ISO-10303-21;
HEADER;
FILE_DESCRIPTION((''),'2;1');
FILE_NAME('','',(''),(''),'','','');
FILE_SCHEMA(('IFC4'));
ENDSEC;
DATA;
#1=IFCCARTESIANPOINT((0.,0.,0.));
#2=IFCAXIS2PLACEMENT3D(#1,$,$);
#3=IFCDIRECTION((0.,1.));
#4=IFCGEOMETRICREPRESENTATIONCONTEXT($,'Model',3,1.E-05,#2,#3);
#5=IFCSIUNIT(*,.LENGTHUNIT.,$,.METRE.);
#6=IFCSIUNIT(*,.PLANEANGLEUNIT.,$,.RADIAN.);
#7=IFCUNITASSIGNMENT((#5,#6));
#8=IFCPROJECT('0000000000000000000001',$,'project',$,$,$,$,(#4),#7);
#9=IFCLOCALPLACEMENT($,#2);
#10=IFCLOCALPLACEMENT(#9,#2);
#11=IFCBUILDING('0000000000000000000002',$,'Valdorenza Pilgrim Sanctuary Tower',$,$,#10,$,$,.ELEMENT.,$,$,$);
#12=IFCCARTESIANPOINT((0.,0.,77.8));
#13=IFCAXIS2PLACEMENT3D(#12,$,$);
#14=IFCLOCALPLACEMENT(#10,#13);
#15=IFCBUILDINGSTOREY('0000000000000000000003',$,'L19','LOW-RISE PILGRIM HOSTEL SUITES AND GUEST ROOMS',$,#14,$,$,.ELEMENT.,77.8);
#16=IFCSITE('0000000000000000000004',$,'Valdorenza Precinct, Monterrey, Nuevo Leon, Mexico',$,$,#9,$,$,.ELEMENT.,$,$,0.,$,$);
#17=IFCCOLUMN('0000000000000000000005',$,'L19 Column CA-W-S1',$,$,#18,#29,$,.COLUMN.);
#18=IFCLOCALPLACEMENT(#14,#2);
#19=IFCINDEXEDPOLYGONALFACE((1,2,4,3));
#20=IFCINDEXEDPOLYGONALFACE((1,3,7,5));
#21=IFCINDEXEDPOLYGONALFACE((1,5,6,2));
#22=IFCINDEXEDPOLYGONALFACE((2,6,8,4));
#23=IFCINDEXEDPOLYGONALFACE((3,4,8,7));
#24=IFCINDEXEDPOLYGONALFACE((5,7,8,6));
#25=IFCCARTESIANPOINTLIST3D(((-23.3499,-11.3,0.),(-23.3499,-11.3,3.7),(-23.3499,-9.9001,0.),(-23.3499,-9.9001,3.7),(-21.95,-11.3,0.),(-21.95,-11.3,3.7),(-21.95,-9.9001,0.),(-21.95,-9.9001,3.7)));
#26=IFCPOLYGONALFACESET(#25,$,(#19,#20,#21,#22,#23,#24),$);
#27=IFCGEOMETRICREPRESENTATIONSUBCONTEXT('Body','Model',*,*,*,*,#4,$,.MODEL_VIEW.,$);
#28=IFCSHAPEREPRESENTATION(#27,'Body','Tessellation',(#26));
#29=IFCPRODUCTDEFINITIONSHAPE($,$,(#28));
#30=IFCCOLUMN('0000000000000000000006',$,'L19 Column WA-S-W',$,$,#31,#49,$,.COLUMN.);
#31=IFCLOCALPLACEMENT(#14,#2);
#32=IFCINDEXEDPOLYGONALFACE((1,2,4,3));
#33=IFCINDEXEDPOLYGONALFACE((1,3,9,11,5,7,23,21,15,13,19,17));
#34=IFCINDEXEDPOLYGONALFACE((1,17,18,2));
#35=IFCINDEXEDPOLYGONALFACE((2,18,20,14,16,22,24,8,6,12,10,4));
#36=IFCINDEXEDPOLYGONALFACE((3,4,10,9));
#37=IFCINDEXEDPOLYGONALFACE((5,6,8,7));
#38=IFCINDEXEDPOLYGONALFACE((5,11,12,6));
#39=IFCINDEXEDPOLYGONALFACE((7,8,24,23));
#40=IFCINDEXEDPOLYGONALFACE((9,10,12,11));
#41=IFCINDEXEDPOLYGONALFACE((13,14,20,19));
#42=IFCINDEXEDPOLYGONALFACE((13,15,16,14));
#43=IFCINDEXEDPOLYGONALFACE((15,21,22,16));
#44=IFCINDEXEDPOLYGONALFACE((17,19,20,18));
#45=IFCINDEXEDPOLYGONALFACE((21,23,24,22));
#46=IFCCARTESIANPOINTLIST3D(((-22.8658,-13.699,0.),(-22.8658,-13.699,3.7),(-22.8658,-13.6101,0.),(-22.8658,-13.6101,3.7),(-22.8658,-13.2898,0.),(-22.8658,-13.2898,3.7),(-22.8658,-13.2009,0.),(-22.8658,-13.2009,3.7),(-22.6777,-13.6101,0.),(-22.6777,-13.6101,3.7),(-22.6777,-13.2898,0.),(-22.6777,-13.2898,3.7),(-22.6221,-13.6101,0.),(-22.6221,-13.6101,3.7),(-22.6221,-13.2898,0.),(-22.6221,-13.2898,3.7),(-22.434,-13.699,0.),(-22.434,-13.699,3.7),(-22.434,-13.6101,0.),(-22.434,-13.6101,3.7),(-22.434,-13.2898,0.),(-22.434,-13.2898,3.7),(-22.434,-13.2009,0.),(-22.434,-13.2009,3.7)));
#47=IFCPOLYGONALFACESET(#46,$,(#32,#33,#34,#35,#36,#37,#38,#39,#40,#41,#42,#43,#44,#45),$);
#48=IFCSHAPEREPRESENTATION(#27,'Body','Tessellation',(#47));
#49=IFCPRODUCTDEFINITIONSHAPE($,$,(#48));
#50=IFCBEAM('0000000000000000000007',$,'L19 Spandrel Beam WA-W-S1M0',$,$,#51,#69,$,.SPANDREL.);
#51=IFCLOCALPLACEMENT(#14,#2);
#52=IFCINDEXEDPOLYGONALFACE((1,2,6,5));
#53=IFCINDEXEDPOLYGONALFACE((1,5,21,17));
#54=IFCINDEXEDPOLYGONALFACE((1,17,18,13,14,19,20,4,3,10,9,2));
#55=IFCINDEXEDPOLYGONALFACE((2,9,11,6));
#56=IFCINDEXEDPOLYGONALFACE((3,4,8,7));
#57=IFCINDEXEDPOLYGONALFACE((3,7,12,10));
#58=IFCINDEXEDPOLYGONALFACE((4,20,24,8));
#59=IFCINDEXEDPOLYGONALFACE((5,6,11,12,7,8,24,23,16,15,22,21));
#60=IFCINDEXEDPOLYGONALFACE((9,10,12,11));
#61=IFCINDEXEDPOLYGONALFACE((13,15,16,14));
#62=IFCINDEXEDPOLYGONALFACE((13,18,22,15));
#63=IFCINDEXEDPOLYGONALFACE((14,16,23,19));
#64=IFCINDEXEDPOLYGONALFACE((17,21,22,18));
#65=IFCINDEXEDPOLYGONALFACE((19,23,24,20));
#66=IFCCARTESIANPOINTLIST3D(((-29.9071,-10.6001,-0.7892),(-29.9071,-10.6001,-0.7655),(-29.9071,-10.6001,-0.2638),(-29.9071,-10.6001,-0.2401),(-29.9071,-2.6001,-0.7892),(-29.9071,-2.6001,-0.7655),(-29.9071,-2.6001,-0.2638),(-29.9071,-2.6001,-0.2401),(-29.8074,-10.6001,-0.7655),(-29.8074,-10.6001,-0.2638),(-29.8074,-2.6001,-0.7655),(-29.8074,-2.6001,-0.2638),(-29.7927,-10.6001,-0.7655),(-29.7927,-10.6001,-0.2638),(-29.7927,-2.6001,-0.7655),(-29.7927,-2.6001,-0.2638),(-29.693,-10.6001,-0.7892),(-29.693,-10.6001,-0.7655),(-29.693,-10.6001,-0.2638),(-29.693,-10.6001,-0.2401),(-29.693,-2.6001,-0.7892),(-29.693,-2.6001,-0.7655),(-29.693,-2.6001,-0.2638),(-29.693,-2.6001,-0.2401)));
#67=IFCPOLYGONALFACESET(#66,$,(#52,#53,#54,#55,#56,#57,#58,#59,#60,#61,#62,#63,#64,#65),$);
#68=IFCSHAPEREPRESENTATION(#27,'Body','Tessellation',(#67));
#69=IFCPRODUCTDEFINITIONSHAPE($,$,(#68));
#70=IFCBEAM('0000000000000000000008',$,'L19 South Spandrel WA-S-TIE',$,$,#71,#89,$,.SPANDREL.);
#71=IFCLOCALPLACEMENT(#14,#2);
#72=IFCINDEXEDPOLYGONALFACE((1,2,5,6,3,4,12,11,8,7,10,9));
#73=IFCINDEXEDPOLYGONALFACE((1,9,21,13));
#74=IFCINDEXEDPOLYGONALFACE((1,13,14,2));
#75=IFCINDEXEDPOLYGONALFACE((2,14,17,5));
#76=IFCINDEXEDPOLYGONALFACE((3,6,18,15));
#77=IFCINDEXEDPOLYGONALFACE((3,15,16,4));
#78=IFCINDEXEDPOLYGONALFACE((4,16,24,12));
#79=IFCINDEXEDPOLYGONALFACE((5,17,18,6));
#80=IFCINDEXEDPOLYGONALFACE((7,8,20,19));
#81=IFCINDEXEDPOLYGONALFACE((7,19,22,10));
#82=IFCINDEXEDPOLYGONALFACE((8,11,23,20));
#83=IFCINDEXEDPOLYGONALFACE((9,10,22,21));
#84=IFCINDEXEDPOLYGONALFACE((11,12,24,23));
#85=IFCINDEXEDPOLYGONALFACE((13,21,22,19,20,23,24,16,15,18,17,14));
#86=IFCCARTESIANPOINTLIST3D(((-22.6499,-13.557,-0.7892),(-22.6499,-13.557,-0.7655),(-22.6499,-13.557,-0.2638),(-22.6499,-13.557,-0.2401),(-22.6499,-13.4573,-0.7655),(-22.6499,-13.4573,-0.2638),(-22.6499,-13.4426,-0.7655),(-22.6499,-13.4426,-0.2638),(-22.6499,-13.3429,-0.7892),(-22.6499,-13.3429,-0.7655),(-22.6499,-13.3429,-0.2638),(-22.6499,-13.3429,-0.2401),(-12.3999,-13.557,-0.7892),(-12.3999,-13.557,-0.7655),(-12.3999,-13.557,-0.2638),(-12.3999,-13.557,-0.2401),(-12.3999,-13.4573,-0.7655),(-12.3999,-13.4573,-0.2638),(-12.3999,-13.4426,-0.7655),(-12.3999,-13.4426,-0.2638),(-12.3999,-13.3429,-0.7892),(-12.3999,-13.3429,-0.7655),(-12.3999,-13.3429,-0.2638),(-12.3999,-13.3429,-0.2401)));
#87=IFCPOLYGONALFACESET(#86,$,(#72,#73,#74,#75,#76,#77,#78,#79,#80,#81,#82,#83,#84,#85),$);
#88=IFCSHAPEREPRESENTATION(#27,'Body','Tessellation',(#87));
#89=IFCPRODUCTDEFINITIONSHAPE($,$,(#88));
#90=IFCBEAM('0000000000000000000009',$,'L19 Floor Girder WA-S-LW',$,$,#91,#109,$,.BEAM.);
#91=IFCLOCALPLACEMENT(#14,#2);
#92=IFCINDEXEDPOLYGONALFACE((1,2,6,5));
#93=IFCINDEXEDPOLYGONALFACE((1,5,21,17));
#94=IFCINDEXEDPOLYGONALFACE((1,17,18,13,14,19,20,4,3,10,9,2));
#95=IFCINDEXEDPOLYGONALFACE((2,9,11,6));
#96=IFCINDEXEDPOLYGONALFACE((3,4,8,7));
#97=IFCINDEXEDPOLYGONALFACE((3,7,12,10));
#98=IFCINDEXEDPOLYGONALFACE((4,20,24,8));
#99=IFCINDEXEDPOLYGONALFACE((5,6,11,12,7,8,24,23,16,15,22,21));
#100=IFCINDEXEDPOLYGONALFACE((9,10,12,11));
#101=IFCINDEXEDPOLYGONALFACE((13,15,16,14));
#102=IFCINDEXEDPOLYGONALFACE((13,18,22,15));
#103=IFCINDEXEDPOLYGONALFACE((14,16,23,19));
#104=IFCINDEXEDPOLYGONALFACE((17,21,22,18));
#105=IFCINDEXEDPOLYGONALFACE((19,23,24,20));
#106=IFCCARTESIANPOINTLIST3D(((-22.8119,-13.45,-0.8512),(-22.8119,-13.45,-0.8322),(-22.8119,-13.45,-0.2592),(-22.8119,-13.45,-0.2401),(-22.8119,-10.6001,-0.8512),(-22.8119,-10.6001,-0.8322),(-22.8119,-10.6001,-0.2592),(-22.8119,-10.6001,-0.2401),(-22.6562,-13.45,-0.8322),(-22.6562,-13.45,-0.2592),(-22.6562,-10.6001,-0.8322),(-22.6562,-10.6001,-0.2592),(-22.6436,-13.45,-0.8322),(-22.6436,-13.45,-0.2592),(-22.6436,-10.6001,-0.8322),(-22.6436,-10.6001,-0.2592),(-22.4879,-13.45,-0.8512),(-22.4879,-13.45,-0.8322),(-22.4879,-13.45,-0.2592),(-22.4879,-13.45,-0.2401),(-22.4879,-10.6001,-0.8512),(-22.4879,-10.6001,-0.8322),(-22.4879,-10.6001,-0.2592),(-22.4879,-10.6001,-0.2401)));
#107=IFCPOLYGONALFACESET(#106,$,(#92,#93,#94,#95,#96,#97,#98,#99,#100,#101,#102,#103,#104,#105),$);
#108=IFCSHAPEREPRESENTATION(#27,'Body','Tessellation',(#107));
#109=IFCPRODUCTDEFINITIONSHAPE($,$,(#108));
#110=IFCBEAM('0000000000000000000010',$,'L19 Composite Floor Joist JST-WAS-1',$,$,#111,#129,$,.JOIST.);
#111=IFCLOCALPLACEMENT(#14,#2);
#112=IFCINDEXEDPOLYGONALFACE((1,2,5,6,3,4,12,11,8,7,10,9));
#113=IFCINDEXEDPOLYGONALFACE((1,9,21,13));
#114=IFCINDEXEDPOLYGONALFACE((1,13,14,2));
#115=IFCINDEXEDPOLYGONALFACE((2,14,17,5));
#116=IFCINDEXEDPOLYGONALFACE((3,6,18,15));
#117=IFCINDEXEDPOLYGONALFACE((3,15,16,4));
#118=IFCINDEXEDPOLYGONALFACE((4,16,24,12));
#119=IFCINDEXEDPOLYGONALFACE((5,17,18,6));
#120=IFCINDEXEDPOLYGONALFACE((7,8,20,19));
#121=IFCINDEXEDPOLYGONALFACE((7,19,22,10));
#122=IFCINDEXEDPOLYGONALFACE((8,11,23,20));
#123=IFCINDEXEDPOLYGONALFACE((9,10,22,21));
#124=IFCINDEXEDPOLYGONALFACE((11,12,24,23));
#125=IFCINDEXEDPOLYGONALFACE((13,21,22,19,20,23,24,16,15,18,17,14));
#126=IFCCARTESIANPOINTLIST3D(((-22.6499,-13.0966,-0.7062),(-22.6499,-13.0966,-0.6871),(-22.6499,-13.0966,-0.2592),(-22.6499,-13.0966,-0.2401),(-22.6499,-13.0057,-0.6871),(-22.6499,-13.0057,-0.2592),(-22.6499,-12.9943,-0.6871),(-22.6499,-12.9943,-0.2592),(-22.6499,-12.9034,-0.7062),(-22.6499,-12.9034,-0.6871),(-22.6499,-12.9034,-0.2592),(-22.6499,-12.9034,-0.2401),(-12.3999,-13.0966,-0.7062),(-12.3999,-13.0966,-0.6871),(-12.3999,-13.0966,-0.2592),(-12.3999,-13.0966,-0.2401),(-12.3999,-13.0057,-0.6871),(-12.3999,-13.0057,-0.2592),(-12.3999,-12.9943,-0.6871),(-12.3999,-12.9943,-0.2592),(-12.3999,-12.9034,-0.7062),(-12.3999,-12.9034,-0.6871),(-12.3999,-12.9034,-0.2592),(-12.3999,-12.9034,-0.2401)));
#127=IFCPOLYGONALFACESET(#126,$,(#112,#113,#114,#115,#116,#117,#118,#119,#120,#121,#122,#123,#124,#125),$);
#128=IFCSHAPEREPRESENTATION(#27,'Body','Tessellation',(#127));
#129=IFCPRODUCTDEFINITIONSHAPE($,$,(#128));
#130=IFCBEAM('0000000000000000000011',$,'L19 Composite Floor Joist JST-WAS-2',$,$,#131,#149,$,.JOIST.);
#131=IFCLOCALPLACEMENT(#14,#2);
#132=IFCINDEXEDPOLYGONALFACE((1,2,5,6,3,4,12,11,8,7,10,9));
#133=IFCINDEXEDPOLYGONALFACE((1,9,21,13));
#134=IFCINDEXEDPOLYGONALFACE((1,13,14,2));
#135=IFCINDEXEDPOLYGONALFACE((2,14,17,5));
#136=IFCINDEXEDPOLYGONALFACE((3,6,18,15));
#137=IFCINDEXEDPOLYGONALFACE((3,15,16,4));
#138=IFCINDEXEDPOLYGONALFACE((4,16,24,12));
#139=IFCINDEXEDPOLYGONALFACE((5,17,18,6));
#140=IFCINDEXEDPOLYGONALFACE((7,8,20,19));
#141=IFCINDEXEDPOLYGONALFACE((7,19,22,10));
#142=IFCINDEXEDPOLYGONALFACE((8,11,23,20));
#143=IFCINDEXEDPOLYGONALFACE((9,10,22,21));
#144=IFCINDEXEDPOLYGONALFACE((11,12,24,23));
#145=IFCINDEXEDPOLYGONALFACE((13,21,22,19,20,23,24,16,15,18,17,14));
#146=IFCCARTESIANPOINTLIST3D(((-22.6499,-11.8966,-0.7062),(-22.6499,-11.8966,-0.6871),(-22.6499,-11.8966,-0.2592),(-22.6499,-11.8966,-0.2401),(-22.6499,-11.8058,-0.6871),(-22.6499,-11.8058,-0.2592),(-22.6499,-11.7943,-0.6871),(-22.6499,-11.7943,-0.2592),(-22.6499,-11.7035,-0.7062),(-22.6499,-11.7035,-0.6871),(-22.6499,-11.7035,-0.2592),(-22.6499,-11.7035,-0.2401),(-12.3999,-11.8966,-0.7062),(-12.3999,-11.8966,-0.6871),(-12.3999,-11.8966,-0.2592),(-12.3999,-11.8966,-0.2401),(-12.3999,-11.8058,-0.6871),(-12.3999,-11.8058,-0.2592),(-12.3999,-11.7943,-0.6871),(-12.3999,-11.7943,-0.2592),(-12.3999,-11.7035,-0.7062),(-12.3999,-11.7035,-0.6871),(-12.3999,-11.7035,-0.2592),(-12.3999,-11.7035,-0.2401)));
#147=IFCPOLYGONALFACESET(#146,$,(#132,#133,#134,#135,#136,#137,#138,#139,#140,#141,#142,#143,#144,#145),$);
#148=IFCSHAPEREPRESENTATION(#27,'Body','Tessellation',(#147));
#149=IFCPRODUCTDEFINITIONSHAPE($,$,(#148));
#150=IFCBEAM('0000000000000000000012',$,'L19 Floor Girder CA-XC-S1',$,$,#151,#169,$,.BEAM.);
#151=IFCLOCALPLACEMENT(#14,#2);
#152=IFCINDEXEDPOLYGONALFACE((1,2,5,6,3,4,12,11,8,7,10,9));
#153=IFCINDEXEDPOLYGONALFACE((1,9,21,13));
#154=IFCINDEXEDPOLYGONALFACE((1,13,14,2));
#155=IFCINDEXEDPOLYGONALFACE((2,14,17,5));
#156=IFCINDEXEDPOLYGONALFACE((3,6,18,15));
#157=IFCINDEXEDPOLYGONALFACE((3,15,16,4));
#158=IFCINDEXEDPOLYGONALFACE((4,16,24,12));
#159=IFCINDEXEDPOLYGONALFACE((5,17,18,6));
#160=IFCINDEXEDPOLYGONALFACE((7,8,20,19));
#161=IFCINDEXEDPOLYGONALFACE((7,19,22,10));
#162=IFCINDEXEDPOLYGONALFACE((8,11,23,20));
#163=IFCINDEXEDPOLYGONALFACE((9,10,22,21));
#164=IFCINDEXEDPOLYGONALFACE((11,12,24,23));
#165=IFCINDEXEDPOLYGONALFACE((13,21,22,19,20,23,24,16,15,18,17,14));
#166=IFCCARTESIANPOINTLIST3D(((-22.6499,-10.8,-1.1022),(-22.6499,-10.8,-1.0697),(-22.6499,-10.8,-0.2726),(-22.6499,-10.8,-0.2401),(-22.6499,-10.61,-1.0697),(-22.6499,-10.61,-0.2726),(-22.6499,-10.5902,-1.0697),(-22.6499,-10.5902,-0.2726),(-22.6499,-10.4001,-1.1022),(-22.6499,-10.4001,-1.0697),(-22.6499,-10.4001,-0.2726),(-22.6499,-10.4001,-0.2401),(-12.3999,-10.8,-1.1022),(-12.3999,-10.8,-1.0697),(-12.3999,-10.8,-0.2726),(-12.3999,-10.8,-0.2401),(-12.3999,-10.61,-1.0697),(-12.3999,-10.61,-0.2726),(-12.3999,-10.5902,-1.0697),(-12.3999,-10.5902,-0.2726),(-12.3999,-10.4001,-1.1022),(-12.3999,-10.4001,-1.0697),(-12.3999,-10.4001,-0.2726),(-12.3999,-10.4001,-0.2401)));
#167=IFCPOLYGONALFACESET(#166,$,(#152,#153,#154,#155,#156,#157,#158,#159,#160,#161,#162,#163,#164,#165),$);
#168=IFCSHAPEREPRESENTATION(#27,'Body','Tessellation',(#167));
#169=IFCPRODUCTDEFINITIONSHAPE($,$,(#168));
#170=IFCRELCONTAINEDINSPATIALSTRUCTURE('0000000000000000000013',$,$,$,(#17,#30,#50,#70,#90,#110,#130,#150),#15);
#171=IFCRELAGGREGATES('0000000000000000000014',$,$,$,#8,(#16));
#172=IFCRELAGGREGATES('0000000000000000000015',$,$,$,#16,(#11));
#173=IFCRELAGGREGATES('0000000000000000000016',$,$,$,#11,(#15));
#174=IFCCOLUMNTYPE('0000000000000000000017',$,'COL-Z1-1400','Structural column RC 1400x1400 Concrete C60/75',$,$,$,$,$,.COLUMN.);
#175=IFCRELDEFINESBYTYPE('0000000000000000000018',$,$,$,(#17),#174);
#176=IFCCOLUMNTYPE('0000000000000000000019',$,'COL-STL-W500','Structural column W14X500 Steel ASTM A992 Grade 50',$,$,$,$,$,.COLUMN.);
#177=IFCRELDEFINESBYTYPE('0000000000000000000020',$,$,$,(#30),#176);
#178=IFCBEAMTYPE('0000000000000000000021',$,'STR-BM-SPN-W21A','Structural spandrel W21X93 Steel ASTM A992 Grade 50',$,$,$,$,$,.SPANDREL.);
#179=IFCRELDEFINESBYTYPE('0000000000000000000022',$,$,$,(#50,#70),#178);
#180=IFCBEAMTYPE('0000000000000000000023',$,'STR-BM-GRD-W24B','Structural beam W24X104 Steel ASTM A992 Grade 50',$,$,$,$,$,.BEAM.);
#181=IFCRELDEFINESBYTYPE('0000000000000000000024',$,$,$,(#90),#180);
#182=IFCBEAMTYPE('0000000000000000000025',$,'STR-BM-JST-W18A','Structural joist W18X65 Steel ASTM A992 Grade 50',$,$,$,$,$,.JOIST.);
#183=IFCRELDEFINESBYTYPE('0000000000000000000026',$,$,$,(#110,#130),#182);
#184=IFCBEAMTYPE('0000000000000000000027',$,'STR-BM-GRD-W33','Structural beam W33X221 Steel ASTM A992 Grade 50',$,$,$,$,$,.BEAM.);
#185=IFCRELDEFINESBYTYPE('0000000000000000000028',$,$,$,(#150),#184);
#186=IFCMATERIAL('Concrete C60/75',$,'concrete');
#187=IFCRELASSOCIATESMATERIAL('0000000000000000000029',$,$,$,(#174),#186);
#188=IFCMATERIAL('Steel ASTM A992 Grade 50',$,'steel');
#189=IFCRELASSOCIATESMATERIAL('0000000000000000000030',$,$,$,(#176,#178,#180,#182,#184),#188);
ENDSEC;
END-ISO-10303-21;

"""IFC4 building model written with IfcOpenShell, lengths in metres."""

from ifc_helpers import new_model, si_unit, direction, frame, origin, origin_2d, place, context, subcontext, project, spatial, rectangle, i_section, extrude, source, transform, mapped, material, material_profile, profile_set, type_object, element, save


model = new_model("IFC4")

# Units and contexts
model_context = context("Model", 3, precision=1e-05, world=origin(), true_north=direction((0.0, 1.0)))
body_context = subcontext(model_context, "Body", "Model", "MODEL_VIEW")
ifc_project = project(units=[si_unit("LENGTHUNIT", "METRE"), si_unit("PLANEANGLEUNIT", "RADIAN")], contexts=[model_context])

# Site, building, storey
site_placement = place(None, origin())
site = spatial("IfcSite", under=ifc_project, at=site_placement, Name="Valdorenza Precinct, Monterrey, Nuevo Leon, Mexico", CompositionType="ELEMENT", RefElevation=0.0)
building_placement = place(site_placement, origin())
building = spatial("IfcBuilding", under=site, at=building_placement, Name="Valdorenza Pilgrim Sanctuary Tower", CompositionType="ELEMENT")
storey_placement = place(building_placement, frame((0.0, 0.0, 77.8)))
storey = spatial("IfcBuildingStorey", under=building, at=storey_placement, Name="L19", Description="LOW-RISE PILGRIM HOSTEL SUITES AND GUEST ROOMS", CompositionType="ELEMENT", Elevation=77.8)

# Columns
ifc_material_1 = material(Name="Concrete C60/75", Category="concrete")
ifc_material_profile_1 = material_profile(ifc_material_1, rectangle(XDim=1.3999, YDim=1.3999, at=origin_2d()), Name="RC 1400x1400")
ifc_profile_set_1 = profile_set([ifc_material_profile_1], Name="Concrete C60/75")
column_type_1 = type_object("IfcColumnType", Name="COL-Z1-1400", Description="Structural column RC 1400x1400 Concrete C60/75", PredefinedType="COLUMN", material=ifc_profile_set_1)
shared_shape_1 = source(origin(), body_context, "Body", "SweptSolid", [
    extrude(rectangle(XDim=1.3999, YDim=1.3999, at=origin_2d()), origin(), (0.0, 0.0, 1.0), 3.7),
])
column_1_placement = place(storey_placement, frame((-22.6499, -10.6001, 0.0), z_axis=(0.0, 0.0, 1.0), x_axis=(1.0, 0.0, 0.0)))
element("IfcColumn", 1, at=column_1_placement, inside=storey, type_object=column_type_1, Name="L19 Column CA-W-S1", PredefinedType="COLUMN", context=body_context, shape_type="MappedRepresentation", body=[
    mapped(shared_shape_1, transform((0.0, 0.0, 0.0), x_axis=(1.0, 0.0, 0.0), y_axis=(0.0, 1.0, 0.0), z_axis=(0.0, 0.0, 1.0), scale=1.0)),
])
ifc_material_2 = material(Name="Steel ASTM A992 Grade 50", Category="steel")
ifc_material_profile_2 = material_profile(ifc_material_2, i_section(OverallWidth=0.4319, OverallDepth=0.498, WebThickness=0.0557, FlangeThickness=0.0889, at=origin_2d()), Name="W14X500")
ifc_profile_set_2 = profile_set([ifc_material_profile_2], Name="Steel ASTM A992 Grade 50")
column_type_2 = type_object("IfcColumnType", Name="COL-STL-W500", Description="Structural column W14X500 Steel ASTM A992 Grade 50", PredefinedType="COLUMN", material=ifc_profile_set_2)
shared_shape_2 = source(origin(), body_context, "Body", "SweptSolid", [
    extrude(i_section(OverallWidth=0.4319, OverallDepth=0.498, WebThickness=0.0557, FlangeThickness=0.0889, at=origin_2d()), origin(), (0.0, 0.0, 1.0), 3.7),
])
column_2_placement = place(storey_placement, frame((-22.6499, -13.45, 0.0), z_axis=(0.0, 0.0, 1.0), x_axis=(1.0, 0.0, 0.0)))
element("IfcColumn", 2, at=column_2_placement, inside=storey, type_object=column_type_2, Name="L19 Column WA-S-W", PredefinedType="COLUMN", context=body_context, shape_type="MappedRepresentation", body=[
    mapped(shared_shape_2, transform((0.0, 0.0, 0.0), x_axis=(1.0, 0.0, 0.0), y_axis=(0.0, 1.0, 0.0), z_axis=(0.0, 0.0, 1.0), scale=1.0)),
])

# Beams
ifc_material_profile_3 = material_profile(ifc_material_2, i_section(OverallWidth=0.2141, OverallDepth=0.5491, WebThickness=0.0146, FlangeThickness=0.0237, at=origin_2d()), Name="W21X93")
ifc_profile_set_3 = profile_set([ifc_material_profile_3], Name="Steel ASTM A992 Grade 50")
beam_type_1 = type_object("IfcBeamType", Name="STR-BM-SPN-W21A", Description="Structural spandrel W21X93 Steel ASTM A992 Grade 50", PredefinedType="SPANDREL", material=ifc_profile_set_3)
shared_shape_3 = source(origin(), body_context, "Body", "SweptSolid", [
    extrude(i_section(OverallWidth=0.2141, OverallDepth=0.5491, WebThickness=0.0146, FlangeThickness=0.0237, at=origin_2d()), origin(), (0.0, 0.0, 1.0), 8.0),
])
beam_1_placement = place(storey_placement, frame((-29.8, -10.6001, -0.5146), z_axis=(0.0, 1.0, 0.0), x_axis=(-1.0, 0.0, 0.0)))
element("IfcBeam", 3, at=beam_1_placement, inside=storey, type_object=beam_type_1, Name="L19 Spandrel Beam WA-W-S1M0", PredefinedType="SPANDREL", context=body_context, shape_type="MappedRepresentation", body=[
    mapped(shared_shape_3, transform((0.0, 0.0, 0.0), x_axis=(1.0, 0.0, 0.0), y_axis=(0.0, 1.0, 0.0), z_axis=(0.0, 0.0, 1.0), scale=1.0)),
])
shared_shape_4 = source(origin(), body_context, "Body", "SweptSolid", [
    extrude(i_section(OverallWidth=0.2141, OverallDepth=0.5491, WebThickness=0.0146, FlangeThickness=0.0237, at=origin_2d()), origin(), (0.0, 0.0, 1.0), 10.25),
])
beam_2_placement = place(storey_placement, frame((-22.6499, -13.45, -0.5146), z_axis=(1.0, 0.0, 0.0), x_axis=(0.0, 1.0, 0.0)))
element("IfcBeam", 4, at=beam_2_placement, inside=storey, type_object=beam_type_1, Name="L19 South Spandrel WA-S-TIE", PredefinedType="SPANDREL", context=body_context, shape_type="MappedRepresentation", body=[
    mapped(shared_shape_4, transform((0.0, 0.0, 0.0), x_axis=(1.0, 0.0, 0.0), y_axis=(0.0, 1.0, 0.0), z_axis=(0.0, 0.0, 1.0), scale=1.0)),
])
ifc_material_profile_4 = material_profile(ifc_material_2, i_section(OverallWidth=0.324, OverallDepth=0.6111, WebThickness=0.0127, FlangeThickness=0.019, at=origin_2d()), Name="W24X104")
ifc_profile_set_4 = profile_set([ifc_material_profile_4], Name="Steel ASTM A992 Grade 50")
beam_type_2 = type_object("IfcBeamType", Name="STR-BM-GRD-W24B", Description="Structural beam W24X104 Steel ASTM A992 Grade 50", PredefinedType="BEAM", material=ifc_profile_set_4)
shared_shape_5 = source(origin(), body_context, "Body", "SweptSolid", [
    extrude(i_section(OverallWidth=0.324, OverallDepth=0.6111, WebThickness=0.0127, FlangeThickness=0.019, at=origin_2d()), origin(), (0.0, 0.0, 1.0), 2.8499),
])
beam_3_placement = place(storey_placement, frame((-22.6499, -13.45, -0.5457), z_axis=(0.0, 1.0, 0.0), x_axis=(-1.0, 0.0, 0.0)))
element("IfcBeam", 5, at=beam_3_placement, inside=storey, type_object=beam_type_2, Name="L19 Floor Girder WA-S-LW", PredefinedType="BEAM", context=body_context, shape_type="MappedRepresentation", body=[
    mapped(shared_shape_5, transform((0.0, 0.0, 0.0), x_axis=(1.0, 0.0, 0.0), y_axis=(0.0, 1.0, 0.0), z_axis=(0.0, 0.0, 1.0), scale=1.0)),
])
ifc_material_profile_5 = material_profile(ifc_material_2, i_section(OverallWidth=0.1931, OverallDepth=0.4661, WebThickness=0.0115, FlangeThickness=0.019, at=origin_2d()), Name="W18X65")
ifc_profile_set_5 = profile_set([ifc_material_profile_5], Name="Steel ASTM A992 Grade 50")
beam_type_3 = type_object("IfcBeamType", Name="STR-BM-JST-W18A", Description="Structural joist W18X65 Steel ASTM A992 Grade 50", PredefinedType="JOIST", material=ifc_profile_set_5)
shared_shape_6 = source(origin(), body_context, "Body", "SweptSolid", [
    extrude(i_section(OverallWidth=0.1931, OverallDepth=0.4661, WebThickness=0.0115, FlangeThickness=0.019, at=origin_2d()), origin(), (0.0, 0.0, 1.0), 10.25),
])
for number, where, z_axis, x_axis, name in (
    (6, (-22.6499, -13.0, -0.4731), (1.0, 0.0, 0.0), (0.0, 1.0, 0.0), "L19 Composite Floor Joist JST-WAS-1"),
    (7, (-22.6499, -11.8, -0.4731), (1.0, 0.0, 0.0), (0.0, 1.0, 0.0), "L19 Composite Floor Joist JST-WAS-2"),
):
    element("IfcBeam", number, at=place(storey_placement, frame(where, z_axis=z_axis, x_axis=x_axis)), inside=storey, type_object=beam_type_3, Name=name, PredefinedType="JOIST", context=body_context, shape_type="MappedRepresentation", body=[
        mapped(shared_shape_6, transform((0.0, 0.0, 0.0), x_axis=(1.0, 0.0, 0.0), y_axis=(0.0, 1.0, 0.0), z_axis=(0.0, 0.0, 1.0), scale=1.0)),
    ])
ifc_material_profile_6 = material_profile(ifc_material_2, i_section(OverallWidth=0.3999, OverallDepth=0.8621, WebThickness=0.0198, FlangeThickness=0.0325, at=origin_2d()), Name="W33X221")
ifc_profile_set_6 = profile_set([ifc_material_profile_6], Name="Steel ASTM A992 Grade 50")
beam_type_4 = type_object("IfcBeamType", Name="STR-BM-GRD-W33", Description="Structural beam W33X221 Steel ASTM A992 Grade 50", PredefinedType="BEAM", material=ifc_profile_set_6)
shared_shape_7 = source(origin(), body_context, "Body", "SweptSolid", [
    extrude(i_section(OverallWidth=0.3999, OverallDepth=0.8621, WebThickness=0.0198, FlangeThickness=0.0325, at=origin_2d()), origin(), (0.0, 0.0, 1.0), 10.25),
])
beam_4_placement = place(storey_placement, frame((-22.6499, -10.6001, -0.6711), z_axis=(1.0, 0.0, 0.0), x_axis=(0.0, 1.0, 0.0)))
element("IfcBeam", 8, at=beam_4_placement, inside=storey, type_object=beam_type_4, Name="L19 Floor Girder CA-XC-S1", PredefinedType="BEAM", context=body_context, shape_type="MappedRepresentation", body=[
    mapped(shared_shape_7, transform((0.0, 0.0, 0.0), x_axis=(1.0, 0.0, 0.0), y_axis=(0.0, 1.0, 0.0), z_axis=(0.0, 0.0, 1.0), scale=1.0)),
])

save(model, "model.ifc")
